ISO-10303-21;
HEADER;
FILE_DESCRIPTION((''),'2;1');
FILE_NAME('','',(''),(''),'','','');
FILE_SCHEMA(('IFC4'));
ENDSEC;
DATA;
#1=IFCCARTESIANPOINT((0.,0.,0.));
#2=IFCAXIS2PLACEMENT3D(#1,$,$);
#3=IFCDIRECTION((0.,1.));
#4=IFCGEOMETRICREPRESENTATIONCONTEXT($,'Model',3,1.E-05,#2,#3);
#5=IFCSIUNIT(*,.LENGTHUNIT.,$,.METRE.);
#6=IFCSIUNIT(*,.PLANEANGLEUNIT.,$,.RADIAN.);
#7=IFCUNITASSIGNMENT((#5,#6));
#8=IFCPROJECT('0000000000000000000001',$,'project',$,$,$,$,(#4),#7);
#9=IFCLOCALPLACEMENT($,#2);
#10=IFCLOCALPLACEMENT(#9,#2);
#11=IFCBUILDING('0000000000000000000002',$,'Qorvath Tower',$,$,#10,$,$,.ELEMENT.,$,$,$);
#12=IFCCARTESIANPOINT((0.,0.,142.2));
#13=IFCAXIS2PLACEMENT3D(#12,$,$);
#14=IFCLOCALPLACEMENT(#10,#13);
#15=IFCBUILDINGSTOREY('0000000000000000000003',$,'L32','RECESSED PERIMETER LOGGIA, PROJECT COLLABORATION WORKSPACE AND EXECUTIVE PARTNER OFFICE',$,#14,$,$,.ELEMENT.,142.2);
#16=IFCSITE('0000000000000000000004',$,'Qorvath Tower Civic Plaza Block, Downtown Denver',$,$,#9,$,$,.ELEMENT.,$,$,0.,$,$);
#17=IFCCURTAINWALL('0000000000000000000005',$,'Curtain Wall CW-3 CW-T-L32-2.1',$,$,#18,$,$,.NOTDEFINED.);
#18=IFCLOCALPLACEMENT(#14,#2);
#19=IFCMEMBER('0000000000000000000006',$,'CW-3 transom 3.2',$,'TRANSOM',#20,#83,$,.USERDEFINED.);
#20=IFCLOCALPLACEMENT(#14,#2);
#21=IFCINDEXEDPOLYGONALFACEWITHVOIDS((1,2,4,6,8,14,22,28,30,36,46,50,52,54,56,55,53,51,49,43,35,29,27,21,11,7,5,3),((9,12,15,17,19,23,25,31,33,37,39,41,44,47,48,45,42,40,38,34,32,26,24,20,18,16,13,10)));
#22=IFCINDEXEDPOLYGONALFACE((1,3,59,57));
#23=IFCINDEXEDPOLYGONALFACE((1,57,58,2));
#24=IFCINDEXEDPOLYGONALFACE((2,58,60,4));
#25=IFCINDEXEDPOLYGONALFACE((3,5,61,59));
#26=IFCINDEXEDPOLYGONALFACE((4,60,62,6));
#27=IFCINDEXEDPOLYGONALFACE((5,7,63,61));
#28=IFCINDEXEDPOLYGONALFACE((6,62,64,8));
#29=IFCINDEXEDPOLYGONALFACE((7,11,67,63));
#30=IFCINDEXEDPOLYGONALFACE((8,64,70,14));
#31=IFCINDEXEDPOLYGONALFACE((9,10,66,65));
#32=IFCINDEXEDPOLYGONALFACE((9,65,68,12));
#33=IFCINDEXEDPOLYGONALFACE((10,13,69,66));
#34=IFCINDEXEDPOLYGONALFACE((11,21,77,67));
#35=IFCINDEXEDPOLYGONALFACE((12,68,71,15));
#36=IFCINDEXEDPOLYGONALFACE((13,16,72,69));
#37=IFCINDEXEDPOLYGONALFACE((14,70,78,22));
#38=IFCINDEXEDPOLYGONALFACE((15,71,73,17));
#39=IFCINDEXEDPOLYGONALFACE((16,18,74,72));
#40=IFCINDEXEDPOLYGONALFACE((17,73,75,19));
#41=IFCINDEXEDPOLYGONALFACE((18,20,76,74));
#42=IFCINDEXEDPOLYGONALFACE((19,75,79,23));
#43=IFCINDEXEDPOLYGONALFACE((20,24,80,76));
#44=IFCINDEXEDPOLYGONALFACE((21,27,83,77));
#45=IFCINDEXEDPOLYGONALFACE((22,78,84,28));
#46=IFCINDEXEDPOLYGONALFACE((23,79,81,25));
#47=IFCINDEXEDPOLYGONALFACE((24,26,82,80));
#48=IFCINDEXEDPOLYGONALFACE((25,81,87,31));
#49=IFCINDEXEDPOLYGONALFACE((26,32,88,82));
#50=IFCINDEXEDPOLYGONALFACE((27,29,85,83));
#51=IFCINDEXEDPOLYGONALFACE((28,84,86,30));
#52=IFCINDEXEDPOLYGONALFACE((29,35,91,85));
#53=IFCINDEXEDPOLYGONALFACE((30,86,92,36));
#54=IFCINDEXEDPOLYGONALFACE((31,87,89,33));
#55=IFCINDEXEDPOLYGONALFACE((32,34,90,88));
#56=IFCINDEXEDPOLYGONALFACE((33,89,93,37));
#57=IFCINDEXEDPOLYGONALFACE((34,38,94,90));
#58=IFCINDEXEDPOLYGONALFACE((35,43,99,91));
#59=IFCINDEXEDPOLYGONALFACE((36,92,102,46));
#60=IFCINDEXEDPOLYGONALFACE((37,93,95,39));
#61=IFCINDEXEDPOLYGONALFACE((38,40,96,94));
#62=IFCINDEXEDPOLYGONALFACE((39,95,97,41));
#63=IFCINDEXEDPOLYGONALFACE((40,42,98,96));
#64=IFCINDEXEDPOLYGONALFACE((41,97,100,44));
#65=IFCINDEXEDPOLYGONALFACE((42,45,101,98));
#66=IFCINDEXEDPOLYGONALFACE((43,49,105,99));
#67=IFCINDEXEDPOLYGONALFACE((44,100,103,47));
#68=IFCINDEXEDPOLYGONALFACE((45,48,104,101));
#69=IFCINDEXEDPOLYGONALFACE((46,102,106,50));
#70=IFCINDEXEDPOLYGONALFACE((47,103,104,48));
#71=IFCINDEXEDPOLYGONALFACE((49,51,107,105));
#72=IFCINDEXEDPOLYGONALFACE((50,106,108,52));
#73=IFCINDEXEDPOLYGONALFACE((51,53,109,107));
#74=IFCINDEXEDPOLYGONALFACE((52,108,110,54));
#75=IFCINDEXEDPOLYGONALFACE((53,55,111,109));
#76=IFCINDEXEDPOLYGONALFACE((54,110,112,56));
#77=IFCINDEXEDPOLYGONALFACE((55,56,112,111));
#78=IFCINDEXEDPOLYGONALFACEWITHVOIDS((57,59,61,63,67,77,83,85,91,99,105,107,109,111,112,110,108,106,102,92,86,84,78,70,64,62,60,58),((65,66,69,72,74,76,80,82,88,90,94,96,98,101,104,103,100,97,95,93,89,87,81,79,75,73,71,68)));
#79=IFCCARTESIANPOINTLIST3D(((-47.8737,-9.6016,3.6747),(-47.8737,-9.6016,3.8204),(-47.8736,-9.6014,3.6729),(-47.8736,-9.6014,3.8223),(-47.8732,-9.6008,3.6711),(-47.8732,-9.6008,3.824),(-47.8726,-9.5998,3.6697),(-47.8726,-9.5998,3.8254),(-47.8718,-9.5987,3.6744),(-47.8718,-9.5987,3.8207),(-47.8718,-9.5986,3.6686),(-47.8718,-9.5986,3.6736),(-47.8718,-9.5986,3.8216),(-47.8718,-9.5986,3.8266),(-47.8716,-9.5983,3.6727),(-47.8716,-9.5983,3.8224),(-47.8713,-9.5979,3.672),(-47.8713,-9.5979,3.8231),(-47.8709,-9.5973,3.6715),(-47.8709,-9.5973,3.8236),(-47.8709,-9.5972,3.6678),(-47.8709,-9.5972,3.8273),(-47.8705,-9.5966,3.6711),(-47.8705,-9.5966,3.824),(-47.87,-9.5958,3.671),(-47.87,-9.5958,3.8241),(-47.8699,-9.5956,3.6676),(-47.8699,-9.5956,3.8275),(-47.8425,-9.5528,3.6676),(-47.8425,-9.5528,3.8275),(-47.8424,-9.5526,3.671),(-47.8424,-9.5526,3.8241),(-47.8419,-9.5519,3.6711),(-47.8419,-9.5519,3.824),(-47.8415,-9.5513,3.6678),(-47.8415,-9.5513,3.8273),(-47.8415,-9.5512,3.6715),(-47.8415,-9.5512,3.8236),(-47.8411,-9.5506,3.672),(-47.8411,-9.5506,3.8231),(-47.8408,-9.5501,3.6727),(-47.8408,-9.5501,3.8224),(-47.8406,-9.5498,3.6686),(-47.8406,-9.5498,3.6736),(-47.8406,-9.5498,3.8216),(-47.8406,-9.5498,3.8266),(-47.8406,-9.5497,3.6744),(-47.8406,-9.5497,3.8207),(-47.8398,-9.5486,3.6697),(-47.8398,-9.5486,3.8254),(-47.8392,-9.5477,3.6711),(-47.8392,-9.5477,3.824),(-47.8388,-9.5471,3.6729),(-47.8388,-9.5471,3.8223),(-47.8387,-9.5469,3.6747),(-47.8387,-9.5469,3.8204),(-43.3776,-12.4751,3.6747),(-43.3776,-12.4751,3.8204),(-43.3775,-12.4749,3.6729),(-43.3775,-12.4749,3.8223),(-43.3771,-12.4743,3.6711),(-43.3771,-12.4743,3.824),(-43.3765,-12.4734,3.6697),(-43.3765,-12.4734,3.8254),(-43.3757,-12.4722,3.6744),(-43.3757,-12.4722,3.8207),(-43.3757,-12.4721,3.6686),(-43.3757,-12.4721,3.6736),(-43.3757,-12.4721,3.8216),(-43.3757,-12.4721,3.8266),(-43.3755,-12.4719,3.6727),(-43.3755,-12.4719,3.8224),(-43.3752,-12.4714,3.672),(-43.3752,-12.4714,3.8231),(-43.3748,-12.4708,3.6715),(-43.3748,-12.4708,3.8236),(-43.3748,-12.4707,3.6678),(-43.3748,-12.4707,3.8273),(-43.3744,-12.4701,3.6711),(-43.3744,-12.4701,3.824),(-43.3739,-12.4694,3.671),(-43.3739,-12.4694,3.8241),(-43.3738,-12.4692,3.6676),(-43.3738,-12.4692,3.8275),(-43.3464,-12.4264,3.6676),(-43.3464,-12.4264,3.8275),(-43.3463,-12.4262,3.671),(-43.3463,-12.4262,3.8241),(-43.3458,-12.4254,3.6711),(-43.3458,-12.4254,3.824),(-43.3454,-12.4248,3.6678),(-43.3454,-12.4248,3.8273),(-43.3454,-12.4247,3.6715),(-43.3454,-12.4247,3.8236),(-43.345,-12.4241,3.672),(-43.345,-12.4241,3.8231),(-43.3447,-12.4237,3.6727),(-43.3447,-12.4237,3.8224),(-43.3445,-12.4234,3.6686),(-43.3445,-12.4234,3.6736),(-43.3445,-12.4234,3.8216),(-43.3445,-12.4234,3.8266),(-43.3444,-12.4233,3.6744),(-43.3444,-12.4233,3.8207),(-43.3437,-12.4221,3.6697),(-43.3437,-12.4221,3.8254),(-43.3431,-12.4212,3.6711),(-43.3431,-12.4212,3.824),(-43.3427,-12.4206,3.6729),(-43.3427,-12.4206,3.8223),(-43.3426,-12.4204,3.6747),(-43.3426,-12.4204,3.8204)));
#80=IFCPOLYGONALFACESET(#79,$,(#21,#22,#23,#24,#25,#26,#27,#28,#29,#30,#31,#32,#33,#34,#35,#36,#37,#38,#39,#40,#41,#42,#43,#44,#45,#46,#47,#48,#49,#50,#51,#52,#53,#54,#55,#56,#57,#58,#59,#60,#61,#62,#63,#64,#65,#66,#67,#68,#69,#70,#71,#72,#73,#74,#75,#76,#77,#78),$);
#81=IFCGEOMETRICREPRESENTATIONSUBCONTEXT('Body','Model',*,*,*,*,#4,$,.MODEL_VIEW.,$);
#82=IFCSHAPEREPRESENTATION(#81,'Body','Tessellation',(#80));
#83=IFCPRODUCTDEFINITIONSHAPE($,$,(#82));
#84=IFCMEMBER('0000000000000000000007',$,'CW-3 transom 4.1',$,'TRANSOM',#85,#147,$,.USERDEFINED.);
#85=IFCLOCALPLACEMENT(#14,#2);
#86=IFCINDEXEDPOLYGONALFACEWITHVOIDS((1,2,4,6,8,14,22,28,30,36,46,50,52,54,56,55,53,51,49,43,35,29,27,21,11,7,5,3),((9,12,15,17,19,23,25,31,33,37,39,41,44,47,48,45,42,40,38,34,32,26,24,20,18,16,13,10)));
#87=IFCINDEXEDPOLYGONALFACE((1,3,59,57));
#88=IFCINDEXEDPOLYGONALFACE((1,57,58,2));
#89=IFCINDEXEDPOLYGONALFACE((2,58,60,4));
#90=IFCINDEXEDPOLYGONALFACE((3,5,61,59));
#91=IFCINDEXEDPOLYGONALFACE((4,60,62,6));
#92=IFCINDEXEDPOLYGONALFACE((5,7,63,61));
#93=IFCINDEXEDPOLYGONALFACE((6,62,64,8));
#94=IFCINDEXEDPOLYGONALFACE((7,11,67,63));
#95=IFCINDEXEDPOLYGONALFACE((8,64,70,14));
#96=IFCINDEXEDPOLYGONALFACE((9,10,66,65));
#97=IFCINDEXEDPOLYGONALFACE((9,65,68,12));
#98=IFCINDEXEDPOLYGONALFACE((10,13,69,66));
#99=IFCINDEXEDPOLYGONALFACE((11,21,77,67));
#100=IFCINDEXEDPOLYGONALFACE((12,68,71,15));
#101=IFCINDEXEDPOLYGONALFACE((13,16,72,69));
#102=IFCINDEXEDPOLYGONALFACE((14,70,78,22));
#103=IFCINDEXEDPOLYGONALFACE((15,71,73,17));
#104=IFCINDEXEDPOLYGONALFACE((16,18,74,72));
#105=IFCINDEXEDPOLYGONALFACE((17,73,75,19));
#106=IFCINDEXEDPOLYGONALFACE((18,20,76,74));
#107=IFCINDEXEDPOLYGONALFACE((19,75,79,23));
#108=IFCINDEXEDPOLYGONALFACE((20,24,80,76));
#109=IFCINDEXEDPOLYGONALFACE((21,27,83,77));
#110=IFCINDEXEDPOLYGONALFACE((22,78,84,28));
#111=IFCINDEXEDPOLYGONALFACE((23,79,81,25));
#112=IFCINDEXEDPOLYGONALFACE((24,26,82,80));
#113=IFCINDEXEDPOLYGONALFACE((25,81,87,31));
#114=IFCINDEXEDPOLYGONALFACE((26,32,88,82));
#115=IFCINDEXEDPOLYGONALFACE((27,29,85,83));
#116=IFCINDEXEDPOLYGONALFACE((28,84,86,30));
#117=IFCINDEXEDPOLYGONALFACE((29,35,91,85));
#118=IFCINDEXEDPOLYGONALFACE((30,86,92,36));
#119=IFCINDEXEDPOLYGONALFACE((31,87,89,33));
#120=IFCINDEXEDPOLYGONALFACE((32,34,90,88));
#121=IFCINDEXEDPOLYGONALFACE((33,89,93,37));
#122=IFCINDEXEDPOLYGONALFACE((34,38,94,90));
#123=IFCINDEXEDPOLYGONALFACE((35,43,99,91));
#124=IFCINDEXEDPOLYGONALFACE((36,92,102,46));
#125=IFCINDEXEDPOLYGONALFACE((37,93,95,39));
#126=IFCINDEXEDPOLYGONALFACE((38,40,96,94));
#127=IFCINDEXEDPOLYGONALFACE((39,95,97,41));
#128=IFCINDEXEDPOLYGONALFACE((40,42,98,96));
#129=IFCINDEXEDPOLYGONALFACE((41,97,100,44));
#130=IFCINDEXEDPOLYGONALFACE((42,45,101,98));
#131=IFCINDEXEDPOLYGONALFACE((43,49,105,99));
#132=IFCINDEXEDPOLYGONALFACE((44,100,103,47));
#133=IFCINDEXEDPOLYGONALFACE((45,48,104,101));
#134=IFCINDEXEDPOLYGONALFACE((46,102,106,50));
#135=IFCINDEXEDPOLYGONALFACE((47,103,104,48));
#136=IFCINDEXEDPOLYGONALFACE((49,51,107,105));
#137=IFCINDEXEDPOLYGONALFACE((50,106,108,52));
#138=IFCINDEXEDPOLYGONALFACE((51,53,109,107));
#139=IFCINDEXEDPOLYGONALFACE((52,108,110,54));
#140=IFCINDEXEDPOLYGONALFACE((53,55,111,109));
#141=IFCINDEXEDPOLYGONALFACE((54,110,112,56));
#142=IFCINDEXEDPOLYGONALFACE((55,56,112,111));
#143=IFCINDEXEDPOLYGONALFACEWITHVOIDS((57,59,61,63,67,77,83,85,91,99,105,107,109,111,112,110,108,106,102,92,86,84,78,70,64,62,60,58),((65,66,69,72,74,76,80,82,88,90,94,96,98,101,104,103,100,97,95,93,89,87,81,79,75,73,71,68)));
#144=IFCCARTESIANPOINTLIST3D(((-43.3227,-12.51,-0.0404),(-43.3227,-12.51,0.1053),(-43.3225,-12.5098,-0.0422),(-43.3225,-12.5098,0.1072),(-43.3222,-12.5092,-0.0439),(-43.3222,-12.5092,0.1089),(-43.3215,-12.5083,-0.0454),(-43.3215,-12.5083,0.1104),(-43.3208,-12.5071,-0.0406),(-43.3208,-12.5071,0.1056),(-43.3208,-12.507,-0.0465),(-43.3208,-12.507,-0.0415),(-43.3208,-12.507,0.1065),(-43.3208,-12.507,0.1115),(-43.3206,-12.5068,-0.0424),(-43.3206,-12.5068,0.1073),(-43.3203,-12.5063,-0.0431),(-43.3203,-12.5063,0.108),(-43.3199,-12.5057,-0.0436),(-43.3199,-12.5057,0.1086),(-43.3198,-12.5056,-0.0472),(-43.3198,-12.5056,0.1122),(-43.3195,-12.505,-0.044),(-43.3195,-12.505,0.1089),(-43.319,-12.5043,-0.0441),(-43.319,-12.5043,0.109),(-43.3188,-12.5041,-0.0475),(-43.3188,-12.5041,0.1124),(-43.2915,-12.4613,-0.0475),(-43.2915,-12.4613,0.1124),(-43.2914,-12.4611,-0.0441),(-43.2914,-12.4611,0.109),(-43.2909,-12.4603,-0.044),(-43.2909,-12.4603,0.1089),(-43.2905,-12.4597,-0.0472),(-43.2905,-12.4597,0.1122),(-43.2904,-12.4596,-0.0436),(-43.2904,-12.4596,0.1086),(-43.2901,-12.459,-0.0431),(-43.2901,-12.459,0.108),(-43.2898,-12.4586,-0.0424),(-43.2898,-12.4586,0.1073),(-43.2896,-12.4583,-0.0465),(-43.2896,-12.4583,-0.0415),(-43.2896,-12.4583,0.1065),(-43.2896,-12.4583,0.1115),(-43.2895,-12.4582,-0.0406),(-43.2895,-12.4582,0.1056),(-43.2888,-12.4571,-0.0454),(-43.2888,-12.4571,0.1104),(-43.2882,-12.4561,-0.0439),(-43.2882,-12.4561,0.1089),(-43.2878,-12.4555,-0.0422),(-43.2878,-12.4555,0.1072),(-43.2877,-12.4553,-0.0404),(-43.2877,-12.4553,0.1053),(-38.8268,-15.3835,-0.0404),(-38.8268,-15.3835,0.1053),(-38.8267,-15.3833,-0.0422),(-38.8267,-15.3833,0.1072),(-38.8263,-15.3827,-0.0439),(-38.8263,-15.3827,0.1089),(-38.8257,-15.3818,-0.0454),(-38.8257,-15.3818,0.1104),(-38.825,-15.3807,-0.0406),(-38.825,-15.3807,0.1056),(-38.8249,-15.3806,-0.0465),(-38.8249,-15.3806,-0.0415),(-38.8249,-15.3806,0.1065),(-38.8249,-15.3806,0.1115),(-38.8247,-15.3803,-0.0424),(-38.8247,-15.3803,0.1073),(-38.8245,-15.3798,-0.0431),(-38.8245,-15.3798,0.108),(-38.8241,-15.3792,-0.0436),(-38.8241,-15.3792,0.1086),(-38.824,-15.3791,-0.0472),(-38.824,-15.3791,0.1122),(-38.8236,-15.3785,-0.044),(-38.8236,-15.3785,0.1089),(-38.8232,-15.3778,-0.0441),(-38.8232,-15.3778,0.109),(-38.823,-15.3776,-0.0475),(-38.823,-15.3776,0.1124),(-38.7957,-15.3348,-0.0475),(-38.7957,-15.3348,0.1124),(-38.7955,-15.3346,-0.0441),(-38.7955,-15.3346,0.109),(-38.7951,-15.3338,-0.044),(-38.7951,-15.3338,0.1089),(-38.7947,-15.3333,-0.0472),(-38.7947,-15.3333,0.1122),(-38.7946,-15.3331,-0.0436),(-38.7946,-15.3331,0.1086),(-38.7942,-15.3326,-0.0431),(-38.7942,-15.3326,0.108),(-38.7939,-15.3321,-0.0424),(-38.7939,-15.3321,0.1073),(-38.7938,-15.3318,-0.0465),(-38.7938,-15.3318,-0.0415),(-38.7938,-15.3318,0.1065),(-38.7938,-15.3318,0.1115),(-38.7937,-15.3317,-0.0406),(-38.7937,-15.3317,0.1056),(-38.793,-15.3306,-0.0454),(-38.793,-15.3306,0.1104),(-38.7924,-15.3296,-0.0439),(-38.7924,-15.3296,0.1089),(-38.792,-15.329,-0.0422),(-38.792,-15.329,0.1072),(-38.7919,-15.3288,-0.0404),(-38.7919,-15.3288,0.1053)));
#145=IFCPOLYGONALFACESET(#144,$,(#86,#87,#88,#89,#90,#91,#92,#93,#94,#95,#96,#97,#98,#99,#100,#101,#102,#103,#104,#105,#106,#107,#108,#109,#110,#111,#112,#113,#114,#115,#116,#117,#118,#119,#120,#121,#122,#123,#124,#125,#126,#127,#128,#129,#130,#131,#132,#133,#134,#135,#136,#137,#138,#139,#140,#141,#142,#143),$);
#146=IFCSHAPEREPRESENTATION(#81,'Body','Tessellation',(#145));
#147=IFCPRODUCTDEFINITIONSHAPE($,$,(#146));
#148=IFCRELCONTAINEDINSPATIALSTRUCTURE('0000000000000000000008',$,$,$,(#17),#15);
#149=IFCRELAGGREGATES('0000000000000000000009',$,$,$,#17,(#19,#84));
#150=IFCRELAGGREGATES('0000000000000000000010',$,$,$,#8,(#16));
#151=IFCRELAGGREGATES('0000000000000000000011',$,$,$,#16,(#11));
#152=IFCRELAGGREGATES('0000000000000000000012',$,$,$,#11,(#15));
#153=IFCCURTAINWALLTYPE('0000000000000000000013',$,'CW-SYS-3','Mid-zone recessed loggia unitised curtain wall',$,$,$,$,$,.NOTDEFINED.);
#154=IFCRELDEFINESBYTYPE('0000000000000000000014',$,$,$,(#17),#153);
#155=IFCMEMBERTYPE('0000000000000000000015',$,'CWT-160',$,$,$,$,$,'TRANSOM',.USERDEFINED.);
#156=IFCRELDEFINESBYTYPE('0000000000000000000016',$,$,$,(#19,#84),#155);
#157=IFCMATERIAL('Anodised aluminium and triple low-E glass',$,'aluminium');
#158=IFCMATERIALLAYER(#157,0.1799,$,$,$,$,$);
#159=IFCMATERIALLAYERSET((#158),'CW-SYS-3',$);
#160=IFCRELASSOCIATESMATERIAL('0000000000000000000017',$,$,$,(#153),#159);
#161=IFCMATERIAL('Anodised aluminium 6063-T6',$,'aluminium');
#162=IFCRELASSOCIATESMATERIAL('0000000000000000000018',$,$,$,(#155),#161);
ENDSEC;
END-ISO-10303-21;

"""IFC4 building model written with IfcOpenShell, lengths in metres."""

from ifc_helpers import new_model, si_unit, direction, frame, origin, origin_2d, place, context, subcontext, project, spatial, hollow_rectangle, extrude, material, layer, layer_set, material_profile, profile_set, type_object, element, aggregate, save


model = new_model("IFC4")

# Units and contexts
model_context = context("Model", 3, precision=1e-05, world=origin(), true_north=direction((0.0, 1.0)))
body_context = subcontext(model_context, "Body", "Model", "MODEL_VIEW")
ifc_project = project(units=[si_unit("LENGTHUNIT", "METRE"), si_unit("PLANEANGLEUNIT", "RADIAN")], contexts=[model_context])

# Site, building, storey
site_placement = place(None, origin())
site = spatial("IfcSite", under=ifc_project, at=site_placement, Name="Qorvath Tower Civic Plaza Block, Downtown Denver", CompositionType="ELEMENT", RefElevation=0.0)
building_placement = place(site_placement, origin())
building = spatial("IfcBuilding", under=site, at=building_placement, Name="Qorvath Tower", CompositionType="ELEMENT")
storey_placement = place(building_placement, frame((0.0, 0.0, 142.2)))
storey = spatial("IfcBuildingStorey", under=building, at=storey_placement, Name="L32", Description="RECESSED PERIMETER LOGGIA, PROJECT COLLABORATION WORKSPACE AND EXECUTIVE PARTNER OFFICE", CompositionType="ELEMENT", Elevation=142.2)

# Curtain wall, members
ifc_material_1 = material(Name="Anodised aluminium and triple low-E glass", Category="aluminium")
ifc_layer_1 = layer(ifc_material_1, 0.1799)
ifc_layer_set_1 = layer_set([ifc_layer_1], Name="CW-SYS-3")
curtain_wall_type = type_object("IfcCurtainWallType", Name="CW-SYS-3", Description="Mid-zone recessed loggia unitised curtain wall", PredefinedType="NOTDEFINED", material=ifc_layer_set_1)
curtain_wall_placement = place(storey_placement, origin())
curtain_wall = element("IfcCurtainWall", 1, at=curtain_wall_placement, inside=storey, type_object=curtain_wall_type, Name="Curtain Wall CW-3 CW-T-L32-2.1", PredefinedType="NOTDEFINED")
ifc_material_2 = material(Name="Anodised aluminium 6063-T6", Category="aluminium")
ifc_material_profile_1 = material_profile(ifc_material_2, hollow_rectangle(XDim=0.0649, YDim=0.1599, WallThickness=0.0034, InnerFilletRadius=0.0034, OuterFilletRadius=0.0071, at=origin_2d()), Name="CWT 160x65")
ifc_profile_set_1 = profile_set([ifc_material_profile_1], Name="Anodised aluminium 6063-T6")
member_type_1 = type_object("IfcMemberType", Name="CWT-160", ElementType="TRANSOM", PredefinedType="USERDEFINED", material=ifc_profile_set_1)
member_1_placement = place(storey_placement, frame((-47.8562, -9.5742, 3.7476), z_axis=(0.842609, -0.538526, 0.0), x_axis=(0.538526, 0.842609, 0.0)))
member_1 = element("IfcMember", 2, at=member_1_placement, type_object=member_type_1, Name="CW-3 transom 3.2", ObjectType="TRANSOM", PredefinedType="USERDEFINED", context=body_context, shape_type="SweptSolid", body=[
    extrude(hollow_rectangle(XDim=0.0649, YDim=0.1599, WallThickness=0.0034, InnerFilletRadius=0.0034, OuterFilletRadius=0.0071, at=origin_2d()), origin(), (0.0, 0.0, 1.0), 5.3359),
])
member_2_placement = place(storey_placement, frame((-43.3052, -12.4827, 0.0325), z_axis=(0.842595, -0.538547, 0.0), x_axis=(0.538547, 0.842595, 0.0)))
member_2 = element("IfcMember", 3, at=member_2_placement, type_object=member_type_1, Name="CW-3 transom 4.1", ObjectType="TRANSOM", PredefinedType="USERDEFINED", context=body_context, shape_type="SweptSolid", body=[
    extrude(hollow_rectangle(XDim=0.0649, YDim=0.1599, WallThickness=0.0034, InnerFilletRadius=0.0034, OuterFilletRadius=0.0071, at=origin_2d()), origin(), (0.0, 0.0, 1.0), 5.3357),
])
aggregate(curtain_wall, [member_1, member_2])

save(model, "model.ifc")
